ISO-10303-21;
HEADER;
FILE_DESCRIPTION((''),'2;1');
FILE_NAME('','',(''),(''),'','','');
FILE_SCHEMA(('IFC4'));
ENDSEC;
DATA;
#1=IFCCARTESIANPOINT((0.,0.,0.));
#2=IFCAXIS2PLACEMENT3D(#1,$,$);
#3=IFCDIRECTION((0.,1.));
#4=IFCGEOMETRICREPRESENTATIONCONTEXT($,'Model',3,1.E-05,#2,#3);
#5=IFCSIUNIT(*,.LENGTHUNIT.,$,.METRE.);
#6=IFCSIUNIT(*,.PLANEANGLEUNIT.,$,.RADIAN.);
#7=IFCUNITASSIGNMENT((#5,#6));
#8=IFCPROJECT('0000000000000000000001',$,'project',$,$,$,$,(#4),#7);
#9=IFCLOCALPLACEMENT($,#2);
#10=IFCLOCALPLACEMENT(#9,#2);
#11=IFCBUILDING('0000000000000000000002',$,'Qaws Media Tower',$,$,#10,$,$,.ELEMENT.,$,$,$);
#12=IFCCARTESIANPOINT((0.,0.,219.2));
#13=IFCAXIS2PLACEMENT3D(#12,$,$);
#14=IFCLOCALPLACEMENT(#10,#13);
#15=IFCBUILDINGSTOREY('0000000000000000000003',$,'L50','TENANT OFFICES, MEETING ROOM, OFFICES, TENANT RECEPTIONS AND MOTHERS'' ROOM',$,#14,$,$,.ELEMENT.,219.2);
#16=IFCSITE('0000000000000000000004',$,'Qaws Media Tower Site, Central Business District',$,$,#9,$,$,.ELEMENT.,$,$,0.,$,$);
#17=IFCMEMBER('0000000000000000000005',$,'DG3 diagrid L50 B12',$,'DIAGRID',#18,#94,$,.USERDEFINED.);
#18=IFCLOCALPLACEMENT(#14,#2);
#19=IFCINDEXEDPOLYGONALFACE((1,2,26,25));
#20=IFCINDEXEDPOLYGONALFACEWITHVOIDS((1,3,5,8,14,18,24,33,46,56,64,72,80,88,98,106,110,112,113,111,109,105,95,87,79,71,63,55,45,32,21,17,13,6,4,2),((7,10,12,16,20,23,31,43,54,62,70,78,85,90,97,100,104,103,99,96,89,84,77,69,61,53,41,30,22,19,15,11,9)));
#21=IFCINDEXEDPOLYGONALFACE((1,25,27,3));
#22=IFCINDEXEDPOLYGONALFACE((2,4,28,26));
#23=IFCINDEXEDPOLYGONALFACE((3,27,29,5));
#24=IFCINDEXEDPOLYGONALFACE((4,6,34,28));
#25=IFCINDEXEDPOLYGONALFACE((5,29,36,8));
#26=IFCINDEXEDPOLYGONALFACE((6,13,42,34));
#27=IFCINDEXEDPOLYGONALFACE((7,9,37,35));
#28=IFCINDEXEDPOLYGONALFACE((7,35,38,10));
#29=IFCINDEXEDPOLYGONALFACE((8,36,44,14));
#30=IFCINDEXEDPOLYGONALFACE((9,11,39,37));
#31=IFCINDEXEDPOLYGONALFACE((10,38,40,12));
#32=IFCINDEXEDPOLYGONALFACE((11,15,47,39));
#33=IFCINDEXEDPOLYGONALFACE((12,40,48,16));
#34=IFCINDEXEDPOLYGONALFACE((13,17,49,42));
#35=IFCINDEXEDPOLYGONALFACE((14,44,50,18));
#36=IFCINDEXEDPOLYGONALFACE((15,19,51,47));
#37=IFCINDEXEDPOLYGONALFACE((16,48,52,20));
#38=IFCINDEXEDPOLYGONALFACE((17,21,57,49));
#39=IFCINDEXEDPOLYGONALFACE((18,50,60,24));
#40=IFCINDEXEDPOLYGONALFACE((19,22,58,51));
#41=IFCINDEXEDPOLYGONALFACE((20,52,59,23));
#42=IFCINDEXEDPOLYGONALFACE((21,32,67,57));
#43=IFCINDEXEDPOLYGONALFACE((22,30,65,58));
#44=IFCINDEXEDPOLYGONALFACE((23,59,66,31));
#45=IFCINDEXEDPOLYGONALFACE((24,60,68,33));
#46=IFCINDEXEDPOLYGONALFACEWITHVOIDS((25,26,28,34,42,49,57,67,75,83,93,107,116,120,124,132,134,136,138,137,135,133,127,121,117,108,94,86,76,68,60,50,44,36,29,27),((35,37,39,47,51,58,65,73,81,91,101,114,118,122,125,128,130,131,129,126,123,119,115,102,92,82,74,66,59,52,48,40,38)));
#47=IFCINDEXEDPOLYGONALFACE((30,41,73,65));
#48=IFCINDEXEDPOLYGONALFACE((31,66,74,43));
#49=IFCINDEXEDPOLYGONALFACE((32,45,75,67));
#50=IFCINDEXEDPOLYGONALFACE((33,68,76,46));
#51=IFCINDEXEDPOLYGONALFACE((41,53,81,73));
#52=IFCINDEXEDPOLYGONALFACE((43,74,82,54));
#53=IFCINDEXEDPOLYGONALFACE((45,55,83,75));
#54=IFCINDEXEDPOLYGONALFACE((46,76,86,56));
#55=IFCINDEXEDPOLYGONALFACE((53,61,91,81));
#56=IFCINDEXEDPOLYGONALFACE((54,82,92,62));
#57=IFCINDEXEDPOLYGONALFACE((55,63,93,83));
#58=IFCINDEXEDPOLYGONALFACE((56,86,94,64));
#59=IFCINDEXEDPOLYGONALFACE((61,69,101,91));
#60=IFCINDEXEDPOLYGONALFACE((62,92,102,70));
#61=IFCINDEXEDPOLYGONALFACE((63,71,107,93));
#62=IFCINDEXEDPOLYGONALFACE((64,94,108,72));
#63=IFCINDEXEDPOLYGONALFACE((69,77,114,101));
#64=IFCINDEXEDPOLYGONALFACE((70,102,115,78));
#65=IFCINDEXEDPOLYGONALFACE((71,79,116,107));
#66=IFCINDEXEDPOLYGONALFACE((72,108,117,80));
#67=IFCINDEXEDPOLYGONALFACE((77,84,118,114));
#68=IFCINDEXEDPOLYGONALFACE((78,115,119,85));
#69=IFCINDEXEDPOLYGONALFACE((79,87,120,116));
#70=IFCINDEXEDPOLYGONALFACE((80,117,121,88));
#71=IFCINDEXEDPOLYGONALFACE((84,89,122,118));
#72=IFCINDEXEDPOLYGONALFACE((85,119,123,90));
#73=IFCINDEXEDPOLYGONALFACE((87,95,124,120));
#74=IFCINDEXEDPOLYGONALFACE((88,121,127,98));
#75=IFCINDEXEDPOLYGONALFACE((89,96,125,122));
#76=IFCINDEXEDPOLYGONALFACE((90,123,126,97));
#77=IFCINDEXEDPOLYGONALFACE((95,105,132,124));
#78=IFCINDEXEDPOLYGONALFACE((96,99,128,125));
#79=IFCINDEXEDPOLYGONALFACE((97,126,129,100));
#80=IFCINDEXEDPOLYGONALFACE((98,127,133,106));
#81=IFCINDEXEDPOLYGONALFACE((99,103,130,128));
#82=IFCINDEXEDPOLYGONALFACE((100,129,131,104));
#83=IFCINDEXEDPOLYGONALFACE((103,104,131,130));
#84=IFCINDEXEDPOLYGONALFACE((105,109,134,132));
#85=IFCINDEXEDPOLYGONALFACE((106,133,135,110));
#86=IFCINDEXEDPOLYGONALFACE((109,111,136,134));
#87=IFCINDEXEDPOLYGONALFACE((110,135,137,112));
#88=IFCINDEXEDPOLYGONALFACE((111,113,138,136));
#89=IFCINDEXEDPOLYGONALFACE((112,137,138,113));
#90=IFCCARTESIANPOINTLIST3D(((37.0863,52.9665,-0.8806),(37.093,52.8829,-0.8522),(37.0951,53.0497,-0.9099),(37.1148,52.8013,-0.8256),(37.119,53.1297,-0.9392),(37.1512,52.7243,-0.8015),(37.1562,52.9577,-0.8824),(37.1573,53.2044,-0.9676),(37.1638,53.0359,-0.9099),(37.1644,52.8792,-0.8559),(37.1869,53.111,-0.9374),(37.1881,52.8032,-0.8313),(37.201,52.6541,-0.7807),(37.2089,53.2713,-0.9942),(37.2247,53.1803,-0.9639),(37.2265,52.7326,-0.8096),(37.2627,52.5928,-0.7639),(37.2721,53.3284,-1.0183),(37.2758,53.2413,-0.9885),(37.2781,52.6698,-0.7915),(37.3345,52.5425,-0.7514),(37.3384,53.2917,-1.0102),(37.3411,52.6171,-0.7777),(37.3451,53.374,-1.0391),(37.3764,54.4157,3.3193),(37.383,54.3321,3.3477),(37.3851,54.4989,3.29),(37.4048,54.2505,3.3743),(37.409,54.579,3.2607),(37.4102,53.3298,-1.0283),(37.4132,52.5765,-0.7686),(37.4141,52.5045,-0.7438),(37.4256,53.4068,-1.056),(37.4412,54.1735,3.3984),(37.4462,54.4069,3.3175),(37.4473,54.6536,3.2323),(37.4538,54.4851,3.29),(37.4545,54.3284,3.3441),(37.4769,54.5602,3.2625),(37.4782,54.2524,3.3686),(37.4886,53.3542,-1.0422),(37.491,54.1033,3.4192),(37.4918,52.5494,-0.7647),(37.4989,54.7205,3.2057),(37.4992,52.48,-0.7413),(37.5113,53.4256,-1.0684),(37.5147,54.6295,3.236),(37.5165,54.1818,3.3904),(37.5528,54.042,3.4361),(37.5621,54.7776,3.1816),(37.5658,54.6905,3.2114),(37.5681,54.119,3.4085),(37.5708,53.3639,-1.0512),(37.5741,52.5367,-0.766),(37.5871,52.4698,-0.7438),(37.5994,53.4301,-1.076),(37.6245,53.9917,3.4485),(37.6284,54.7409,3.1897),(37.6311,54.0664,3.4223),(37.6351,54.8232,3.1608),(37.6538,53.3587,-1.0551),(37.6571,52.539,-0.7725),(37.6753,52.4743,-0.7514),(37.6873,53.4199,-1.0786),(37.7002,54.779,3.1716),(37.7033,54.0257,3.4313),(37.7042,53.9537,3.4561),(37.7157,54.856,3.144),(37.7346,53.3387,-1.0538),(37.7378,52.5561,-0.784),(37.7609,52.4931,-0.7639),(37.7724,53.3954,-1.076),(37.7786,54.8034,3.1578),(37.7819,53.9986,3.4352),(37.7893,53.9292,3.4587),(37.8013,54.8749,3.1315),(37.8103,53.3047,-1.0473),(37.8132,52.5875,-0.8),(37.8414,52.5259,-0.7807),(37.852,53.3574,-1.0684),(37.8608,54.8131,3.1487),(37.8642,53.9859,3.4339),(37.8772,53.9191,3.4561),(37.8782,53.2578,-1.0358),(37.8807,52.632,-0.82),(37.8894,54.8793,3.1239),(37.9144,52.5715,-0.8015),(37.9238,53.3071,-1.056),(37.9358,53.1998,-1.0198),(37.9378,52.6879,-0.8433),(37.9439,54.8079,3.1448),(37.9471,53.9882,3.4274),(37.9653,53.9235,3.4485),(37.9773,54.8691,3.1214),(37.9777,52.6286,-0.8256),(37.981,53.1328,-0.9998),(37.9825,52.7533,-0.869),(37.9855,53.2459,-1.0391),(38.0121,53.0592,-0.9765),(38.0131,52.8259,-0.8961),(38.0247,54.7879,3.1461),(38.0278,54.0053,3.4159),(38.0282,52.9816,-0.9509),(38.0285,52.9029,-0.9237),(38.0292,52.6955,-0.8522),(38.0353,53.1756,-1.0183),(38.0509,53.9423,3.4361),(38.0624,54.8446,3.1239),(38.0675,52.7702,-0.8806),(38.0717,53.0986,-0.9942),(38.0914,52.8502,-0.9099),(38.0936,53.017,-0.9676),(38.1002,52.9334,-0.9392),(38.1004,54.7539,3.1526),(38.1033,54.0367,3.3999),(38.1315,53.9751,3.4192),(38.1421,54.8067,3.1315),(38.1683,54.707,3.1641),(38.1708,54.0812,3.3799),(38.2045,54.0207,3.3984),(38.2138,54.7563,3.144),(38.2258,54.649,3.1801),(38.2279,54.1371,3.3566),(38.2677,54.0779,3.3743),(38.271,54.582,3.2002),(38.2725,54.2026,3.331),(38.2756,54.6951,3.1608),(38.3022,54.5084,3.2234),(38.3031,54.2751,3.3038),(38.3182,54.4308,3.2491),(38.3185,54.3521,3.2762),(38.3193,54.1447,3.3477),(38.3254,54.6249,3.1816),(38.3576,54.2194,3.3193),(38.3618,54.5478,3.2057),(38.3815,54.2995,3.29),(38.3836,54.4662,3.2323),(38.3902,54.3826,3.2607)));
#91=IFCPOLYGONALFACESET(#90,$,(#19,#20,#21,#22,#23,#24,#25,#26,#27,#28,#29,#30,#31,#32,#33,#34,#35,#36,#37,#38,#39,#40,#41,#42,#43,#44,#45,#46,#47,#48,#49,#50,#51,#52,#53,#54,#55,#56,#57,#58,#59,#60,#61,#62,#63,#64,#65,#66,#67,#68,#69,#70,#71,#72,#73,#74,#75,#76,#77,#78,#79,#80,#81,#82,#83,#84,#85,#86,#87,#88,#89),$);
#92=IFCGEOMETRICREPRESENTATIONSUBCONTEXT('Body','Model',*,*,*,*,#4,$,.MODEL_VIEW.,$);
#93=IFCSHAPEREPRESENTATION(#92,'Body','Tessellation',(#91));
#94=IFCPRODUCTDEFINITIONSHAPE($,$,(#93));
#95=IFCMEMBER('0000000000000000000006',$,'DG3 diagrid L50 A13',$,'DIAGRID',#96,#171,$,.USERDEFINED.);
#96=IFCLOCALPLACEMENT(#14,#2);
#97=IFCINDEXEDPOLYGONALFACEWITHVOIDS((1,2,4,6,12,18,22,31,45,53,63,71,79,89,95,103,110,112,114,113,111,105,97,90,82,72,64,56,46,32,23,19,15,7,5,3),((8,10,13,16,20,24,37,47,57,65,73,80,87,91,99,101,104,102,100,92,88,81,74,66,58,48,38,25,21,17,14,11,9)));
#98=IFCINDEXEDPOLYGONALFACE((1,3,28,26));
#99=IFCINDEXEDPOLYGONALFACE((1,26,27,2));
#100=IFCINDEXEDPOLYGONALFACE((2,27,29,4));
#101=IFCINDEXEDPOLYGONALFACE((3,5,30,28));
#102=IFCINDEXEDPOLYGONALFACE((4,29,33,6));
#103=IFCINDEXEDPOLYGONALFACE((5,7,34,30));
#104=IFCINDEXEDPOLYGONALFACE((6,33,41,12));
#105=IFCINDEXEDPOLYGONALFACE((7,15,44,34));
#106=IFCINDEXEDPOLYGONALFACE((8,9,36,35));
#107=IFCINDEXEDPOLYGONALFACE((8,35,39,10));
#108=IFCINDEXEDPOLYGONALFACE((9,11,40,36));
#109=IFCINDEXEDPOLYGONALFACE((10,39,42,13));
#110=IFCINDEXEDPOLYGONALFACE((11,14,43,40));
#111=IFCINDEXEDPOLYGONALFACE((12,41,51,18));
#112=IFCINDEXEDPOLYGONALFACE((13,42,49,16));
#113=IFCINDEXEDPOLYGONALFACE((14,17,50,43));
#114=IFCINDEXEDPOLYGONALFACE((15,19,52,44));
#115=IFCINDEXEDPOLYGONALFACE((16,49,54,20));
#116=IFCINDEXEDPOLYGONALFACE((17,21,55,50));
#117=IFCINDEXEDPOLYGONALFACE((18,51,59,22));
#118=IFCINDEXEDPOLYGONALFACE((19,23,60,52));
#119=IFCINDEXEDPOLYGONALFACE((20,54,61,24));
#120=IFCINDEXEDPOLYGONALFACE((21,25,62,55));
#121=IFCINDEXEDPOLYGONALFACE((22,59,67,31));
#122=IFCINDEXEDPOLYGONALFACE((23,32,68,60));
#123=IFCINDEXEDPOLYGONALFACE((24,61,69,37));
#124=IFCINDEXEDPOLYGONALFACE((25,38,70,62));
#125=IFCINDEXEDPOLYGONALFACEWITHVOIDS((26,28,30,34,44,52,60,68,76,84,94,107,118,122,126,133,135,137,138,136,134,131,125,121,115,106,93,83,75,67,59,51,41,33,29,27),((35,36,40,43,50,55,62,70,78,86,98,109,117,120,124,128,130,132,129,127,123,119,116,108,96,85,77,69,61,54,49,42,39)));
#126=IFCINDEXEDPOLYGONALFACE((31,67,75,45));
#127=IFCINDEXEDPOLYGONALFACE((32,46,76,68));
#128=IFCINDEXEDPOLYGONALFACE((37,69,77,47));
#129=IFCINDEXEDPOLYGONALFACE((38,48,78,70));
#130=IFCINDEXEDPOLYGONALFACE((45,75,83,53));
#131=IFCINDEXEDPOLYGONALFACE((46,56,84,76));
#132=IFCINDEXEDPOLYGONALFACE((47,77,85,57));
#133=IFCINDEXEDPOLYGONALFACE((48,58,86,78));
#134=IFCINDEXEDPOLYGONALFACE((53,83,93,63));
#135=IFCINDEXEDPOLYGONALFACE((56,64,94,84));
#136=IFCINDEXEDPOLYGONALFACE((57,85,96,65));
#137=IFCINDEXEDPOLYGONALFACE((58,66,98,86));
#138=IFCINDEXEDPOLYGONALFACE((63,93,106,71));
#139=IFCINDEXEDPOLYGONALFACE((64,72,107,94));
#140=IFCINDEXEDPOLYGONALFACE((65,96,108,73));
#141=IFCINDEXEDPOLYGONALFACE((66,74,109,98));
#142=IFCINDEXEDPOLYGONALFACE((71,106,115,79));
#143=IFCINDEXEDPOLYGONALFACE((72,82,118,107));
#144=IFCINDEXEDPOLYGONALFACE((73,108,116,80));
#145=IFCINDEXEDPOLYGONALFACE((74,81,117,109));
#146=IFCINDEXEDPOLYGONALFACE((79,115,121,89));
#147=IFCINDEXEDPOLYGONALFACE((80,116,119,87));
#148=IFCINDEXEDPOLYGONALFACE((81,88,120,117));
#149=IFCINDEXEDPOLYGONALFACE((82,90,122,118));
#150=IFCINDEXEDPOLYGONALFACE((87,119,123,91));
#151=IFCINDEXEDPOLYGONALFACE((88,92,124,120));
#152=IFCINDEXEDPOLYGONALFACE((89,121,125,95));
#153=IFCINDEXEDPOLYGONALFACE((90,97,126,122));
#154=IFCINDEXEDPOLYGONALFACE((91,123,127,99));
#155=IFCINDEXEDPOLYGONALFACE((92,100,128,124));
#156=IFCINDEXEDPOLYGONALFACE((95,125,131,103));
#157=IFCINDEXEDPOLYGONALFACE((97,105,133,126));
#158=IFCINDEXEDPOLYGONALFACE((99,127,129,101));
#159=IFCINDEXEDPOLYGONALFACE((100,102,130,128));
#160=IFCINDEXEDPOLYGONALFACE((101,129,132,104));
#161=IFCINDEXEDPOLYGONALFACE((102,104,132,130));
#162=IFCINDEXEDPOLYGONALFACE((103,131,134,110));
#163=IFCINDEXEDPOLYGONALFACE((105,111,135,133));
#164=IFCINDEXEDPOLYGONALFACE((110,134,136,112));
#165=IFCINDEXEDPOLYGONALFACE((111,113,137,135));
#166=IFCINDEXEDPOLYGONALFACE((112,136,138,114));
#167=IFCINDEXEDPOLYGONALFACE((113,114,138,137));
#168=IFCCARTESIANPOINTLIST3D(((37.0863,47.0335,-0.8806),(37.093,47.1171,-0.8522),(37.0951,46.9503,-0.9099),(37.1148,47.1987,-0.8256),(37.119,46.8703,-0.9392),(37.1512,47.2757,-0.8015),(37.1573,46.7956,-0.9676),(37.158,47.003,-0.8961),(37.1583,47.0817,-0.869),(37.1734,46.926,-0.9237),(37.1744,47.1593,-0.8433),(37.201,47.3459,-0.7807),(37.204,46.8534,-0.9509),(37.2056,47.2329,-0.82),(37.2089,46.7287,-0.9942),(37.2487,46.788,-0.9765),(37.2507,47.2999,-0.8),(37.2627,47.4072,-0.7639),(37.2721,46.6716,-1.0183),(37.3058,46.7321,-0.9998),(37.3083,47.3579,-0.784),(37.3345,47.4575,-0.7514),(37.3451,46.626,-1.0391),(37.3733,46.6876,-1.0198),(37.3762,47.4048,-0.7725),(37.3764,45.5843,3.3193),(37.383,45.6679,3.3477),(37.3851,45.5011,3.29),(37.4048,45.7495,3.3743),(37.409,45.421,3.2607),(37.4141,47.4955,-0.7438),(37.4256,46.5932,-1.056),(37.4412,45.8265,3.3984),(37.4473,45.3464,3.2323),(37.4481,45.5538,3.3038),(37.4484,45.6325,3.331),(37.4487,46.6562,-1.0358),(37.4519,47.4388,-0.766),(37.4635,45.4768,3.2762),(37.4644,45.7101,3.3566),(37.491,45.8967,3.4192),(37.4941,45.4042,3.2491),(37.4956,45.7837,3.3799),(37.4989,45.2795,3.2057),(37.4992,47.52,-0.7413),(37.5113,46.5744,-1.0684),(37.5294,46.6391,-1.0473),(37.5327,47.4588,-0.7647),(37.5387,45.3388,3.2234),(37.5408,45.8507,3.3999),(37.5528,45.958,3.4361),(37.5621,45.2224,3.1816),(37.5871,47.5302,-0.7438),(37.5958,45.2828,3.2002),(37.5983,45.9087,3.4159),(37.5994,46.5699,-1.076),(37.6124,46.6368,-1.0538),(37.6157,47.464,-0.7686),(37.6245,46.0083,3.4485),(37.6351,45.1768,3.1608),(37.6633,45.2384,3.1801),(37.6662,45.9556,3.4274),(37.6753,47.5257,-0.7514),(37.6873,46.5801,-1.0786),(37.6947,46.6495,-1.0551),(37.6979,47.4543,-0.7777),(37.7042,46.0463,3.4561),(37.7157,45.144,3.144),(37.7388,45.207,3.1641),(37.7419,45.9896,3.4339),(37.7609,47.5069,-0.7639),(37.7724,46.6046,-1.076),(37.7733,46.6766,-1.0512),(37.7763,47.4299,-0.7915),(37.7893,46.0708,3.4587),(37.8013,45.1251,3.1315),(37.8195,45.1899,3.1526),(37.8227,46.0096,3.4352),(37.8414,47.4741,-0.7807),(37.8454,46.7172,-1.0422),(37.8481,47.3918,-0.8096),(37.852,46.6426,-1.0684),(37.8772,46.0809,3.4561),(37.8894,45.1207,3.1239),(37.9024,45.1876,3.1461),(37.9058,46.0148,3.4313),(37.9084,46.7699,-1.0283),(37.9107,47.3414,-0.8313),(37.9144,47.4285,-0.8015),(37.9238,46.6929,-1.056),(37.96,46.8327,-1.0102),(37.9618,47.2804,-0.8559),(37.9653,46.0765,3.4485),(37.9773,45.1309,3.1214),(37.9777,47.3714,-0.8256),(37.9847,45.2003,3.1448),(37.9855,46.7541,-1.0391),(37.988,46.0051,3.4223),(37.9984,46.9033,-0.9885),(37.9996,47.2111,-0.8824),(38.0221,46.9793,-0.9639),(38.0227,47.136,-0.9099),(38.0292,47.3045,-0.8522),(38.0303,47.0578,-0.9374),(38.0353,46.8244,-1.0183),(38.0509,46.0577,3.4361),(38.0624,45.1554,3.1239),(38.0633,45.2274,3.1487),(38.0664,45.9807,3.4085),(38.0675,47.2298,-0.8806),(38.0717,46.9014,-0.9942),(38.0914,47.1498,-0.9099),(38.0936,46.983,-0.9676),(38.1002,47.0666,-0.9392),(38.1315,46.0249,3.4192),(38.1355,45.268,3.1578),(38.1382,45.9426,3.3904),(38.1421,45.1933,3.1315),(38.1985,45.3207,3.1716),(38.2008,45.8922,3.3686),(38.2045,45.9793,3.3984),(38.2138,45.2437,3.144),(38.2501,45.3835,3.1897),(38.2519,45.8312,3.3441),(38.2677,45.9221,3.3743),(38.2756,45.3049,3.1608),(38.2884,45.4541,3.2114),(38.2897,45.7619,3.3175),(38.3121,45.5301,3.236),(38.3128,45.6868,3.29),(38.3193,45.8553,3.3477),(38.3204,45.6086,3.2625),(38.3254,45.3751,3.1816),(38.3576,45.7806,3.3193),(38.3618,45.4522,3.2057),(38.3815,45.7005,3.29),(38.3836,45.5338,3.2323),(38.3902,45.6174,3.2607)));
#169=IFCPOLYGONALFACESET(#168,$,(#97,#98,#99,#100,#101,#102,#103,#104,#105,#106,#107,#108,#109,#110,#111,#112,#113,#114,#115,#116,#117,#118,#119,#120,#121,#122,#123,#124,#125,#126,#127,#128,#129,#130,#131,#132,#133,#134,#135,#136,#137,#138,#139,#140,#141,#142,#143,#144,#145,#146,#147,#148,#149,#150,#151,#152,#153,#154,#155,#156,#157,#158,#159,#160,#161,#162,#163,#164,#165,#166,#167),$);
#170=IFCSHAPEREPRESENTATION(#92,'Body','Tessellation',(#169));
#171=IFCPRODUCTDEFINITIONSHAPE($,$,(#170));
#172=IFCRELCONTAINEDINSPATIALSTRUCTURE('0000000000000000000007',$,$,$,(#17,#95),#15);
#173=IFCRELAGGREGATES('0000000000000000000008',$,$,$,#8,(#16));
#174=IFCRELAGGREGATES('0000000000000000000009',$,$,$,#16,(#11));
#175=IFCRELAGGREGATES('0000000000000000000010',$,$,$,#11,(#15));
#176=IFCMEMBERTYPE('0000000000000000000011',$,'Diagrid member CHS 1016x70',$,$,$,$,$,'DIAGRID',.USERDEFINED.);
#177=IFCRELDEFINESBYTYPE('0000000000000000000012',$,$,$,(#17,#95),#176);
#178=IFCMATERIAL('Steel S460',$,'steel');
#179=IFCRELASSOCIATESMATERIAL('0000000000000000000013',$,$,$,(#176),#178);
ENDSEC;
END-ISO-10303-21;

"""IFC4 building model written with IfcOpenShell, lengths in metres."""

from ifc_helpers import new_model, si_unit, direction, frame, origin, origin_2d, place, context, subcontext, project, spatial, hollow_circle, extrude, material, material_profile, profile_set, type_object, element, save


model = new_model("IFC4")

# Units and contexts
model_context = context("Model", 3, precision=1e-05, world=origin(), true_north=direction((0.0, 1.0)))
body_context = subcontext(model_context, "Body", "Model", "MODEL_VIEW")
ifc_project = project(units=[si_unit("LENGTHUNIT", "METRE"), si_unit("PLANEANGLEUNIT", "RADIAN")], contexts=[model_context])

# Site, building, storey
site_placement = place(None, origin())
site = spatial("IfcSite", under=ifc_project, at=site_placement, Name="Qaws Media Tower Site, Central Business District", CompositionType="ELEMENT", RefElevation=0.0)
building_placement = place(site_placement, origin())
building = spatial("IfcBuilding", under=site, at=building_placement, Name="Qaws Media Tower", CompositionType="ELEMENT")
storey_placement = place(building_placement, frame((0.0, 0.0, 219.2)))
storey = spatial("IfcBuildingStorey", under=building, at=storey_placement, Name="L50", Description="TENANT OFFICES, MEETING ROOM, OFFICES, TENANT RECEPTIONS AND MOTHERS' ROOM", CompositionType="ELEMENT", Elevation=219.2)

# Members
ifc_material_1 = material(Name="Steel S460", Category="steel")
ifc_material_profile_1 = material_profile(ifc_material_1, hollow_circle(Radius=0.5081, WallThickness=0.0701, at=origin_2d()), Name="CHS 1016x70")
ifc_profile_set_1 = profile_set([ifc_material_profile_1], Name="Steel S460")
member_type_1 = type_object("IfcMemberType", Name="Diagrid member CHS 1016x70", ElementType="DIAGRID", PredefinedType="USERDEFINED", material=ifc_profile_set_1)
for number, where, z_axis, x_axis, name in (
    (1, (37.5933, 52.95, -0.9099), (0.065142, 0.325491, 0.943299), (-0.980555, 0.196243, 0.0), "DG3 diagrid L50 B12"),
    (2, (37.5933, 47.05, -0.9099), (0.065142, -0.325491, 0.943299), (0.980555, 0.196243, 0.0), "DG3 diagrid L50 A13"),
):
    element("IfcMember", number, at=place(storey_placement, frame(where, z_axis=z_axis, x_axis=x_axis)), inside=storey, type_object=member_type_1, Name=name, ObjectType="DIAGRID", PredefinedType="USERDEFINED", context=body_context, shape_type="SweptSolid", body=[
        extrude(hollow_circle(Radius=0.5081, WallThickness=0.0701, at=origin_2d()), origin(), (0.0, 0.0, 1.0), 4.4524),
    ])

save(model, "model.ifc")
